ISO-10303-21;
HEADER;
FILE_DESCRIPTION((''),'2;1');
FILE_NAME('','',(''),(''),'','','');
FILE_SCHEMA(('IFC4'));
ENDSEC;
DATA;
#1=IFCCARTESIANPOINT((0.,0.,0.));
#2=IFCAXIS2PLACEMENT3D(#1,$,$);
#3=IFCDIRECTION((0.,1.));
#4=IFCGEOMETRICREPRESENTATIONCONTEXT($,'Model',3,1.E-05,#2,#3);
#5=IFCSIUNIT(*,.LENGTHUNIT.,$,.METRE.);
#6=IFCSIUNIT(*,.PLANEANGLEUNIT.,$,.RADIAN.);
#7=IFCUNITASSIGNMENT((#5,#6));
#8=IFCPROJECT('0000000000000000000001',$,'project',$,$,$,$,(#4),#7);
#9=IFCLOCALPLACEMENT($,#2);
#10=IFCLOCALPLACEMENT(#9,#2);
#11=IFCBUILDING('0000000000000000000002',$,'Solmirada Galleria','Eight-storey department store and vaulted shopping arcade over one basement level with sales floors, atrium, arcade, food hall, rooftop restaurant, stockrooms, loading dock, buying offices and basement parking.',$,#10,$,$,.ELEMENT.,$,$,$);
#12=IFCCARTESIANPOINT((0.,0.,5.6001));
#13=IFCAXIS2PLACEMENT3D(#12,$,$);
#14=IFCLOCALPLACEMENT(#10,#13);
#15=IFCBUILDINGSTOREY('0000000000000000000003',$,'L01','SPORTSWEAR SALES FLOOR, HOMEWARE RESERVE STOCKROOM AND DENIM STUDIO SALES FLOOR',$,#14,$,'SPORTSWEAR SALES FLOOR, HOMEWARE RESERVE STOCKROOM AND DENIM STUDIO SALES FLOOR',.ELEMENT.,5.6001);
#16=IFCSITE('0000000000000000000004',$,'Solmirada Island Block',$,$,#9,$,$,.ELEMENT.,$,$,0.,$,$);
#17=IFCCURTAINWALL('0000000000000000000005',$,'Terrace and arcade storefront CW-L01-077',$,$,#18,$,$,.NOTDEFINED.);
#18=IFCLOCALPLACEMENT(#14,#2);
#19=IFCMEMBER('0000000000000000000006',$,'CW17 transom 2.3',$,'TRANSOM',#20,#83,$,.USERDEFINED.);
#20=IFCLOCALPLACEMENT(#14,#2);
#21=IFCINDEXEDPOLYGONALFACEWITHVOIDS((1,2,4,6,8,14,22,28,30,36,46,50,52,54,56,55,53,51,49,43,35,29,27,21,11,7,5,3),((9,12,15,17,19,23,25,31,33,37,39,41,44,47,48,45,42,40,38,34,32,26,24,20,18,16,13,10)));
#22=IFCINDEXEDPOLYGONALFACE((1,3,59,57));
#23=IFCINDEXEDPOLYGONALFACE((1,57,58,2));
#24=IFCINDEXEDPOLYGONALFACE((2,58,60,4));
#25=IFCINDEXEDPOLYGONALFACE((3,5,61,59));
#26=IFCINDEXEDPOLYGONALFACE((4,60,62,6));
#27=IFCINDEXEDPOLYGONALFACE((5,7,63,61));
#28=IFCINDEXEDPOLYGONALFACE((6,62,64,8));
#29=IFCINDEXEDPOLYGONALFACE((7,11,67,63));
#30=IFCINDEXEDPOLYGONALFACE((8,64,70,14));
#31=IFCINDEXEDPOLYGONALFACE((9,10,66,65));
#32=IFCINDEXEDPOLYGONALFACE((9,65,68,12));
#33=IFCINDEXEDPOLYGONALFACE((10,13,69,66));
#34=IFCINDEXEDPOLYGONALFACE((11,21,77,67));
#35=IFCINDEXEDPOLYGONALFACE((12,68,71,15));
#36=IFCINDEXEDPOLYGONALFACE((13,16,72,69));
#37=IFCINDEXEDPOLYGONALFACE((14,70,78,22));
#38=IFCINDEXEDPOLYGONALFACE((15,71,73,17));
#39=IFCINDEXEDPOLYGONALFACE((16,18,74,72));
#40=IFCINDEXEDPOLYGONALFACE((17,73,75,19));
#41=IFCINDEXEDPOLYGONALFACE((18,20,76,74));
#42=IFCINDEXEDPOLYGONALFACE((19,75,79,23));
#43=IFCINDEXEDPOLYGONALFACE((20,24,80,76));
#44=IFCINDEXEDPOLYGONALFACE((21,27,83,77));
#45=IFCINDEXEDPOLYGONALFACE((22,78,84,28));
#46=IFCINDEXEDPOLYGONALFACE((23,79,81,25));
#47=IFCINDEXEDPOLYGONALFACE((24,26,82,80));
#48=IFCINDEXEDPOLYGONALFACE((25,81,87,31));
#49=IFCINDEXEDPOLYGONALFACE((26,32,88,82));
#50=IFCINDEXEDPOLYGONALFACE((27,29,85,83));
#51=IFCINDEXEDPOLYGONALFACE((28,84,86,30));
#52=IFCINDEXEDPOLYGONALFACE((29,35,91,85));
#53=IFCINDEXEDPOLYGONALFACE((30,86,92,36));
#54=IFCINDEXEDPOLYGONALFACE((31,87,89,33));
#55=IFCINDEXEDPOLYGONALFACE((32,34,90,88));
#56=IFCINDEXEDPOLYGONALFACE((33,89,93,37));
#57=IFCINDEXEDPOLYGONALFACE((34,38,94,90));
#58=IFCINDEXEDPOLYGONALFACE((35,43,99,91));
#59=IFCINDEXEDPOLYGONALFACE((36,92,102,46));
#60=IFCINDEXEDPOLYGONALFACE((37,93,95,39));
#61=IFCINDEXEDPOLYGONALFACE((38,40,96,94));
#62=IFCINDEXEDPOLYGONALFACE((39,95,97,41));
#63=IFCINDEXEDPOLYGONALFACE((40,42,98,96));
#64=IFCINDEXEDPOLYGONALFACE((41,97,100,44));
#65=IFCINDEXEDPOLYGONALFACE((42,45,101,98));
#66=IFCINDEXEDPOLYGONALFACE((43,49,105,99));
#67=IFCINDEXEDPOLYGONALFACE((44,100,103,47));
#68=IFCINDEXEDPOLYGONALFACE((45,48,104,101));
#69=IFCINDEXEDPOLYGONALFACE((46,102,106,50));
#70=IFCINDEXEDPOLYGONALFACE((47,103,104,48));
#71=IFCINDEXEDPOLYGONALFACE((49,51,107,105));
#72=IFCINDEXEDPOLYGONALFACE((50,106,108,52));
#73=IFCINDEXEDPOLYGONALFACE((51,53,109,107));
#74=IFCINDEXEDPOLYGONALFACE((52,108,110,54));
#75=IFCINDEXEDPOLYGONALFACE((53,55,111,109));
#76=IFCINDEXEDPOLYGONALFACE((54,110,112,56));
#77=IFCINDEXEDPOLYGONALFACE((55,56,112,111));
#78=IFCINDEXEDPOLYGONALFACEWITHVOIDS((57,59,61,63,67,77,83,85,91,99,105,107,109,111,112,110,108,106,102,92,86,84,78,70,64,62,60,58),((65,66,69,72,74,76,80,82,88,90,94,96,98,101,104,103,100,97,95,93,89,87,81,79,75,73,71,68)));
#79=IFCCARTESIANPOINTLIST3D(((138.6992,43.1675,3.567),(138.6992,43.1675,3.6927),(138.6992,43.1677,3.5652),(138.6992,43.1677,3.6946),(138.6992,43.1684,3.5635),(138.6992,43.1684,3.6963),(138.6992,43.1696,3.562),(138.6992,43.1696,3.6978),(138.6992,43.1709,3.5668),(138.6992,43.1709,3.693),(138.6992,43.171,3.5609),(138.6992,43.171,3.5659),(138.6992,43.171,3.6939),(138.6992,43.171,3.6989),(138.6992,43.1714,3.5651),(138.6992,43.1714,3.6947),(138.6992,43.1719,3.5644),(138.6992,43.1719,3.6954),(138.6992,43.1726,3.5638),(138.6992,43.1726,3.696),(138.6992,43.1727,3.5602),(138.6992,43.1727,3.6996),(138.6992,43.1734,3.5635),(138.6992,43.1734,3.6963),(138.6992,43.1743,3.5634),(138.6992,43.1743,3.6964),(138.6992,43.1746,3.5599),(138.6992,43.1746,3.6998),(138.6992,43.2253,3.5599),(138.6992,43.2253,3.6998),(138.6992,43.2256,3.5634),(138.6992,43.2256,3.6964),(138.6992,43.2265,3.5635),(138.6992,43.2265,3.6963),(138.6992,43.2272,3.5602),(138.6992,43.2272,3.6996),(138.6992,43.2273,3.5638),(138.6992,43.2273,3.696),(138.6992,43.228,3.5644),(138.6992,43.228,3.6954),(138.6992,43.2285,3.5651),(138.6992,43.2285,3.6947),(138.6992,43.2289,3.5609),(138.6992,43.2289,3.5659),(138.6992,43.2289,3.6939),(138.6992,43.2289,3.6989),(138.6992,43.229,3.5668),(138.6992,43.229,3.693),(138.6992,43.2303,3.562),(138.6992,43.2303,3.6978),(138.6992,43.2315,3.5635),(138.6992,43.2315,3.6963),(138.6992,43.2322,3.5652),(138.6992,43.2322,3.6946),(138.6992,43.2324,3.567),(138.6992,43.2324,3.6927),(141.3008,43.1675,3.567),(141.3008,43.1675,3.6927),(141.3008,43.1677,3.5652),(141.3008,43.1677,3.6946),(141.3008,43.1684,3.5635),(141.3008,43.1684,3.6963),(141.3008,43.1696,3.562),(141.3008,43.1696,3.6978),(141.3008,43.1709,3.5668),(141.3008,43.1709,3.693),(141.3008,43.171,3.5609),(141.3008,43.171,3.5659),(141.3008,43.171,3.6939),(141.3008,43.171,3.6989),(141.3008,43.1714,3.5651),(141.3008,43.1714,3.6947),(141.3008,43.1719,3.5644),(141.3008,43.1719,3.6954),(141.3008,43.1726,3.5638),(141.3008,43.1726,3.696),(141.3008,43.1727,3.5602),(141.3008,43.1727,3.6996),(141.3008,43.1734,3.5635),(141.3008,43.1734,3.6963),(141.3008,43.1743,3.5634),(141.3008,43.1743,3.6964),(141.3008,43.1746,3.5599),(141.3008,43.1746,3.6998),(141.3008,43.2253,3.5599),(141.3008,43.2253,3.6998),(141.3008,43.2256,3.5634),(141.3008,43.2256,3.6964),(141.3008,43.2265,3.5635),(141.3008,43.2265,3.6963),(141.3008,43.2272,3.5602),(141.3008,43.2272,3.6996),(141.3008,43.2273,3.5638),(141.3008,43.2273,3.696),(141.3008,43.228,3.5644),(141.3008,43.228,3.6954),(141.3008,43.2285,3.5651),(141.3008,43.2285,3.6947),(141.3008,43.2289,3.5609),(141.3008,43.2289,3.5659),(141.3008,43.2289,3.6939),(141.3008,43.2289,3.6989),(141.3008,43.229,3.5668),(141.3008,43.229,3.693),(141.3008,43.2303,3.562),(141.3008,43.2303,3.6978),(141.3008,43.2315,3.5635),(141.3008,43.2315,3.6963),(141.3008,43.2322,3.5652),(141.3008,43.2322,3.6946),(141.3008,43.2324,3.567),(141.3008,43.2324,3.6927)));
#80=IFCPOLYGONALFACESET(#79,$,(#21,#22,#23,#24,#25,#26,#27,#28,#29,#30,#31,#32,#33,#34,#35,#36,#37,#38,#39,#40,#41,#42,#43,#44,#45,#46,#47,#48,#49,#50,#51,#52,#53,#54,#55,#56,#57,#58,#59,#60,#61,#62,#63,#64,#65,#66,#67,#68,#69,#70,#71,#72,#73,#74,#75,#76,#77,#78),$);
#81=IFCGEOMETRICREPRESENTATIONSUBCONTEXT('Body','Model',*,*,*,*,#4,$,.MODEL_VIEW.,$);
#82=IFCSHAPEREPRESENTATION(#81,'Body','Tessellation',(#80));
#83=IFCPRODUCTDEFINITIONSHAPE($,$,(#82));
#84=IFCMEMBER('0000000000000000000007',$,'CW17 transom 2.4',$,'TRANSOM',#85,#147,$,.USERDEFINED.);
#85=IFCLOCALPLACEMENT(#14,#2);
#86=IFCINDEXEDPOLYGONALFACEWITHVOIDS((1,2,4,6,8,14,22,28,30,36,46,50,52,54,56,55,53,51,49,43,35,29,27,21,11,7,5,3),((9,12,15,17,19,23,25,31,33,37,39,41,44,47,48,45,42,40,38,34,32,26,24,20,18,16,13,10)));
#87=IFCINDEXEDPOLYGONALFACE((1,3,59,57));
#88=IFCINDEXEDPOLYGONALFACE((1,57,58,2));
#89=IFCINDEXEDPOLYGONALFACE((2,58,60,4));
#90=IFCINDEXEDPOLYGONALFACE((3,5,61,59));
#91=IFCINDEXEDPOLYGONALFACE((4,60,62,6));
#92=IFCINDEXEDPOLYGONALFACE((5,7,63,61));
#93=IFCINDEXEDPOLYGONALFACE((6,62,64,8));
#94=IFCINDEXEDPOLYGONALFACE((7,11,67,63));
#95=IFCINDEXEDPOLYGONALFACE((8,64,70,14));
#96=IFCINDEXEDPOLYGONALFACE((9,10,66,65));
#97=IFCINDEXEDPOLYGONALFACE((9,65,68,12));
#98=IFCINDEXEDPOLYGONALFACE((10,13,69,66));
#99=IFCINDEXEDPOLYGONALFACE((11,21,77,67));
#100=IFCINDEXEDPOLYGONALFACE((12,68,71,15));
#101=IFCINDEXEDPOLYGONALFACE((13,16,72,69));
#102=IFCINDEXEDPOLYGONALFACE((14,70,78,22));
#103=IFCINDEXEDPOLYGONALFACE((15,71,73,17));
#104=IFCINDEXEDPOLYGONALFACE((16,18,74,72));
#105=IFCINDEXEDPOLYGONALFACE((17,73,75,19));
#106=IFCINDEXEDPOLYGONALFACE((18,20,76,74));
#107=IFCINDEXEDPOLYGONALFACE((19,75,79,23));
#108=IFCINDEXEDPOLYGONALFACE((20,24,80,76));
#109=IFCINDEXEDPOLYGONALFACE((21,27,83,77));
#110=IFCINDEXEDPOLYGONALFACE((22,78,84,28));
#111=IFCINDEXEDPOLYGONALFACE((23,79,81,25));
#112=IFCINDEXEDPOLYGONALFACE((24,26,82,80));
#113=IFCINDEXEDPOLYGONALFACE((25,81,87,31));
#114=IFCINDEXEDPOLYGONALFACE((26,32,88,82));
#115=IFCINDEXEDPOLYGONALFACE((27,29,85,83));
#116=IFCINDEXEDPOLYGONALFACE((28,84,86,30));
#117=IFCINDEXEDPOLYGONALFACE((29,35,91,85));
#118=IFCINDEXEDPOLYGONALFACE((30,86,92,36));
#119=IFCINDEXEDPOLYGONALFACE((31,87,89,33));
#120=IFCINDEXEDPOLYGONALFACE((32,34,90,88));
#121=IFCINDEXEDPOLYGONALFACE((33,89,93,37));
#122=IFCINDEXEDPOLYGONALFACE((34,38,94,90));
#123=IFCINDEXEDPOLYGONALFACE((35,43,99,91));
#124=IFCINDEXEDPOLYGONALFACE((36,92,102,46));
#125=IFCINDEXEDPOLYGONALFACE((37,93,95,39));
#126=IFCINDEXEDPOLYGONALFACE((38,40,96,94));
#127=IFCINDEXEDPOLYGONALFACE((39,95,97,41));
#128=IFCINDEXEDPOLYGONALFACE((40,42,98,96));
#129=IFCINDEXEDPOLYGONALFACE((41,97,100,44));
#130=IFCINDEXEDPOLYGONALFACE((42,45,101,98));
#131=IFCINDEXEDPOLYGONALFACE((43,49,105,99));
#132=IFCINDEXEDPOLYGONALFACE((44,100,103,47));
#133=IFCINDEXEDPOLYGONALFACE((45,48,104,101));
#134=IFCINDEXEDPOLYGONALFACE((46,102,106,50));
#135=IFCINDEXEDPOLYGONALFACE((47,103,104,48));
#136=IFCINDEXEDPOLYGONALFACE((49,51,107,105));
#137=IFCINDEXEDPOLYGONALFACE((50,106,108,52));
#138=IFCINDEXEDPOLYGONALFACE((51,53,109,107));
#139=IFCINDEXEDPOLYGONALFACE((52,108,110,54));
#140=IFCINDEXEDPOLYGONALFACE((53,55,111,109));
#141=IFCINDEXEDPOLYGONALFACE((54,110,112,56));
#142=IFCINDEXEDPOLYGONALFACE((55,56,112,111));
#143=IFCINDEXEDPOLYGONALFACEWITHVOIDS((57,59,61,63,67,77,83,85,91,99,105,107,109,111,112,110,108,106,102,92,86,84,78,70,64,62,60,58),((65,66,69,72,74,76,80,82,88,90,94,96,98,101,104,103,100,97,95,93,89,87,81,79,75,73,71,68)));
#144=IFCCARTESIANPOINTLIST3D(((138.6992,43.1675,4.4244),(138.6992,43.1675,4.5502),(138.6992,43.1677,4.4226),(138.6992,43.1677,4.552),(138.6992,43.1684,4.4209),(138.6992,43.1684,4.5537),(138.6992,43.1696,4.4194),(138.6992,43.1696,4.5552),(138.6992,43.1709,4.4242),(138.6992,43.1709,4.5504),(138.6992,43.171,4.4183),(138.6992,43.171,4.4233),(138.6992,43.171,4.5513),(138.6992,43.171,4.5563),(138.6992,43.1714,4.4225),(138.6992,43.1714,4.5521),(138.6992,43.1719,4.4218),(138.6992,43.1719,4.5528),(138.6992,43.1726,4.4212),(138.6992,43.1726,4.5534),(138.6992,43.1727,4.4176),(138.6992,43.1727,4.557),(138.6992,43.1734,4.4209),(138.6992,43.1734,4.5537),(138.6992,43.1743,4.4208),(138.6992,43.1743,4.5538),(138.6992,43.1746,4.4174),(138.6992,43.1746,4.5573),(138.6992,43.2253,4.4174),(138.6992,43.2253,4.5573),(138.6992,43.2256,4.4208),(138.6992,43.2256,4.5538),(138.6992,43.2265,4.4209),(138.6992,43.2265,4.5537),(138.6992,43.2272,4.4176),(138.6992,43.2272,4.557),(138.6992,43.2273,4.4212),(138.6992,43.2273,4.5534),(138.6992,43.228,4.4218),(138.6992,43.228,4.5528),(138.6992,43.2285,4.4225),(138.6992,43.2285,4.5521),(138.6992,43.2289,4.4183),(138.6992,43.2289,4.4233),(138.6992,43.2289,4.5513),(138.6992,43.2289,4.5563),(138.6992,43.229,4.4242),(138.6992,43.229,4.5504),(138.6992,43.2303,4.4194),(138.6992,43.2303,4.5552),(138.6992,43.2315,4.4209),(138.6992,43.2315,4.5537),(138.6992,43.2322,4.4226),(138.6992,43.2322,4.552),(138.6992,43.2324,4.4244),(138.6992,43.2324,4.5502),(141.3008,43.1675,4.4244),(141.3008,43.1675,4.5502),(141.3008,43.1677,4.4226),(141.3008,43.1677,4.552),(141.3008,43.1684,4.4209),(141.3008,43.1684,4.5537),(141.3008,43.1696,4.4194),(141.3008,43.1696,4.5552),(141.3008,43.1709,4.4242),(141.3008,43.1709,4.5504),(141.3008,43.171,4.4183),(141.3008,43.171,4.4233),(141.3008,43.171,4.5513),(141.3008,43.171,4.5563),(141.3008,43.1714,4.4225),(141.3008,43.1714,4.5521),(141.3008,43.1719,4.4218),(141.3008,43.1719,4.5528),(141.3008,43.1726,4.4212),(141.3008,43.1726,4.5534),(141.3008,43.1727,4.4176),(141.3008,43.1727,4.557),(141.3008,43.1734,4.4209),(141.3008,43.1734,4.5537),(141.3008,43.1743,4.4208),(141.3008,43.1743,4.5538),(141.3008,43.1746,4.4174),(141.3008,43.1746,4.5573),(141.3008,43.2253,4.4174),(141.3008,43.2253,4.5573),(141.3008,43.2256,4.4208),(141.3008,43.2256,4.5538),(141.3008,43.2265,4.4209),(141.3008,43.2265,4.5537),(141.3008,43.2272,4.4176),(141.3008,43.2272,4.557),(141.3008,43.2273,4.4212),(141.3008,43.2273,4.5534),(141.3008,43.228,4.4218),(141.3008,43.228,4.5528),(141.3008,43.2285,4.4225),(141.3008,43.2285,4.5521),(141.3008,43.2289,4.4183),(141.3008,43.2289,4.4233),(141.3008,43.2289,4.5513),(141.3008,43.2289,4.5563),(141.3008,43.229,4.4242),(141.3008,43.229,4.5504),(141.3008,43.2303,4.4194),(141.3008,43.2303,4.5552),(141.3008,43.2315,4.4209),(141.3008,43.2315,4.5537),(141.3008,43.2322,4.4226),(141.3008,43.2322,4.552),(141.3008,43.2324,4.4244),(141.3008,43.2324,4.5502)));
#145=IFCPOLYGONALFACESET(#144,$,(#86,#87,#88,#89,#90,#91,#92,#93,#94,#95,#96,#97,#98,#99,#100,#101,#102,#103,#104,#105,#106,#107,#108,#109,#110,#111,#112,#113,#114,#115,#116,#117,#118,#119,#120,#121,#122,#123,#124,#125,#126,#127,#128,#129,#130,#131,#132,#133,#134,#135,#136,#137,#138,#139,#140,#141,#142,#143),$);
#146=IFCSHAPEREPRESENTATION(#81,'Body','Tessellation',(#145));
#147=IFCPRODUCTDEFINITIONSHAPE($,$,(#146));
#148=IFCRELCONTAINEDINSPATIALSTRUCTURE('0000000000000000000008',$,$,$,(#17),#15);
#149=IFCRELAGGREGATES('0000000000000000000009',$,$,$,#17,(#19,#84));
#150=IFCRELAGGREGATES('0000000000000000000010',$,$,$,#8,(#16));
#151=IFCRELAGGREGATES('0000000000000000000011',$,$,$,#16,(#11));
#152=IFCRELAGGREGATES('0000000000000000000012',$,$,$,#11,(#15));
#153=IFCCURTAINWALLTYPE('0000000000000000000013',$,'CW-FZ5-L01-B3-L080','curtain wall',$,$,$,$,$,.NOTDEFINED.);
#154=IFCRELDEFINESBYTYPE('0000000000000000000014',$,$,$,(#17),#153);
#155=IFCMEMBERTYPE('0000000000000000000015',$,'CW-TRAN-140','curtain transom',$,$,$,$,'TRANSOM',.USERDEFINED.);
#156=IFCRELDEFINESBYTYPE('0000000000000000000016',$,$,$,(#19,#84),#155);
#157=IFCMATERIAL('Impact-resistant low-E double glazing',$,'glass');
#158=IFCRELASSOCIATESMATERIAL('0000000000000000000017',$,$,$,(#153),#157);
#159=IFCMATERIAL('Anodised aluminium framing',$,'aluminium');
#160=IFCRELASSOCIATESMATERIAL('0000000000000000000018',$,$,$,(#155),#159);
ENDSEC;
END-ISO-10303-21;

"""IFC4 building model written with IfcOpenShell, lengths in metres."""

from ifc_helpers import new_model, si_unit, direction, frame, origin, origin_2d, place, context, subcontext, project, spatial, hollow_rectangle, extrude, material, material_profile, profile_set, type_object, element, aggregate, save


model = new_model("IFC4")

# Units and contexts
model_context = context("Model", 3, precision=1e-05, world=origin(), true_north=direction((0.0, 1.0)))
body_context = subcontext(model_context, "Body", "Model", "MODEL_VIEW")
ifc_project = project(units=[si_unit("LENGTHUNIT", "METRE"), si_unit("PLANEANGLEUNIT", "RADIAN")], contexts=[model_context])

# Site, building, storey
site_placement = place(None, origin())
site = spatial("IfcSite", under=ifc_project, at=site_placement, Name="Solmirada Island Block", CompositionType="ELEMENT", RefElevation=0.0)
building_placement = place(site_placement, origin())
building = spatial("IfcBuilding", under=site, at=building_placement, Name="Solmirada Galleria", Description="Eight-storey department store and vaulted shopping arcade over one basement level with sales floors, atrium, arcade, food hall, rooftop restaurant, stockrooms, loading dock, buying offices and basement parking.", CompositionType="ELEMENT")
storey_placement = place(building_placement, frame((0.0, 0.0, 5.6001)))
storey = spatial("IfcBuildingStorey", under=building, at=storey_placement, Name="L01", Description="SPORTSWEAR SALES FLOOR, HOMEWARE RESERVE STOCKROOM AND DENIM STUDIO SALES FLOOR", LongName="SPORTSWEAR SALES FLOOR, HOMEWARE RESERVE STOCKROOM AND DENIM STUDIO SALES FLOOR", CompositionType="ELEMENT", Elevation=5.6001)

# Curtain wall, members
ifc_material_1 = material(Name="Impact-resistant low-E double glazing", Category="glass")
curtain_wall_type = type_object("IfcCurtainWallType", Name="CW-FZ5-L01-B3-L080", Description="curtain wall", PredefinedType="NOTDEFINED", material=ifc_material_1)
curtain_wall_placement = place(storey_placement, origin())
curtain_wall = element("IfcCurtainWall", 1, at=curtain_wall_placement, inside=storey, type_object=curtain_wall_type, Name="Terrace and arcade storefront CW-L01-077", PredefinedType="NOTDEFINED")
ifc_material_2 = material(Name="Anodised aluminium framing", Category="aluminium")
ifc_material_profile_1 = material_profile(ifc_material_2, hollow_rectangle(XDim=0.0649, YDim=0.1399, WallThickness=0.0034, InnerFilletRadius=0.0034, OuterFilletRadius=0.0071, at=origin_2d()), Name="ALU-TRAN-140X65")
ifc_profile_set_1 = profile_set([ifc_material_profile_1], Name="Anodised aluminium framing")
member_type_1 = type_object("IfcMemberType", Name="CW-TRAN-140", Description="curtain transom", ElementType="TRANSOM", PredefinedType="USERDEFINED", material=ifc_profile_set_1)
member_1_placement = place(storey_placement, frame((138.6992, 43.2, 3.6299), z_axis=(1.0, 0.0, 0.0), x_axis=(0.0, 1.0, 0.0)))
member_1 = element("IfcMember", 2, at=member_1_placement, type_object=member_type_1, Name="CW17 transom 2.3", ObjectType="TRANSOM", PredefinedType="USERDEFINED", context=body_context, shape_type="SweptSolid", body=[
    extrude(hollow_rectangle(XDim=0.0649, YDim=0.1399, WallThickness=0.0034, InnerFilletRadius=0.0034, OuterFilletRadius=0.0071, at=origin_2d()), origin(), (0.0, 0.0, 1.0), 2.6016),
])
member_2_placement = place(storey_placement, frame((138.6992, 43.2, 4.4873), z_axis=(1.0, 0.0, 0.0), x_axis=(0.0, 1.0, 0.0)))
member_2 = element("IfcMember", 3, at=member_2_placement, type_object=member_type_1, Name="CW17 transom 2.4", ObjectType="TRANSOM", PredefinedType="USERDEFINED", context=body_context, shape_type="SweptSolid", body=[
    extrude(hollow_rectangle(XDim=0.0649, YDim=0.1399, WallThickness=0.0034, InnerFilletRadius=0.0034, OuterFilletRadius=0.0071, at=origin_2d()), origin(), (0.0, 0.0, 1.0), 2.6016),
])
aggregate(curtain_wall, [member_1, member_2])

save(model, "model.ifc")
